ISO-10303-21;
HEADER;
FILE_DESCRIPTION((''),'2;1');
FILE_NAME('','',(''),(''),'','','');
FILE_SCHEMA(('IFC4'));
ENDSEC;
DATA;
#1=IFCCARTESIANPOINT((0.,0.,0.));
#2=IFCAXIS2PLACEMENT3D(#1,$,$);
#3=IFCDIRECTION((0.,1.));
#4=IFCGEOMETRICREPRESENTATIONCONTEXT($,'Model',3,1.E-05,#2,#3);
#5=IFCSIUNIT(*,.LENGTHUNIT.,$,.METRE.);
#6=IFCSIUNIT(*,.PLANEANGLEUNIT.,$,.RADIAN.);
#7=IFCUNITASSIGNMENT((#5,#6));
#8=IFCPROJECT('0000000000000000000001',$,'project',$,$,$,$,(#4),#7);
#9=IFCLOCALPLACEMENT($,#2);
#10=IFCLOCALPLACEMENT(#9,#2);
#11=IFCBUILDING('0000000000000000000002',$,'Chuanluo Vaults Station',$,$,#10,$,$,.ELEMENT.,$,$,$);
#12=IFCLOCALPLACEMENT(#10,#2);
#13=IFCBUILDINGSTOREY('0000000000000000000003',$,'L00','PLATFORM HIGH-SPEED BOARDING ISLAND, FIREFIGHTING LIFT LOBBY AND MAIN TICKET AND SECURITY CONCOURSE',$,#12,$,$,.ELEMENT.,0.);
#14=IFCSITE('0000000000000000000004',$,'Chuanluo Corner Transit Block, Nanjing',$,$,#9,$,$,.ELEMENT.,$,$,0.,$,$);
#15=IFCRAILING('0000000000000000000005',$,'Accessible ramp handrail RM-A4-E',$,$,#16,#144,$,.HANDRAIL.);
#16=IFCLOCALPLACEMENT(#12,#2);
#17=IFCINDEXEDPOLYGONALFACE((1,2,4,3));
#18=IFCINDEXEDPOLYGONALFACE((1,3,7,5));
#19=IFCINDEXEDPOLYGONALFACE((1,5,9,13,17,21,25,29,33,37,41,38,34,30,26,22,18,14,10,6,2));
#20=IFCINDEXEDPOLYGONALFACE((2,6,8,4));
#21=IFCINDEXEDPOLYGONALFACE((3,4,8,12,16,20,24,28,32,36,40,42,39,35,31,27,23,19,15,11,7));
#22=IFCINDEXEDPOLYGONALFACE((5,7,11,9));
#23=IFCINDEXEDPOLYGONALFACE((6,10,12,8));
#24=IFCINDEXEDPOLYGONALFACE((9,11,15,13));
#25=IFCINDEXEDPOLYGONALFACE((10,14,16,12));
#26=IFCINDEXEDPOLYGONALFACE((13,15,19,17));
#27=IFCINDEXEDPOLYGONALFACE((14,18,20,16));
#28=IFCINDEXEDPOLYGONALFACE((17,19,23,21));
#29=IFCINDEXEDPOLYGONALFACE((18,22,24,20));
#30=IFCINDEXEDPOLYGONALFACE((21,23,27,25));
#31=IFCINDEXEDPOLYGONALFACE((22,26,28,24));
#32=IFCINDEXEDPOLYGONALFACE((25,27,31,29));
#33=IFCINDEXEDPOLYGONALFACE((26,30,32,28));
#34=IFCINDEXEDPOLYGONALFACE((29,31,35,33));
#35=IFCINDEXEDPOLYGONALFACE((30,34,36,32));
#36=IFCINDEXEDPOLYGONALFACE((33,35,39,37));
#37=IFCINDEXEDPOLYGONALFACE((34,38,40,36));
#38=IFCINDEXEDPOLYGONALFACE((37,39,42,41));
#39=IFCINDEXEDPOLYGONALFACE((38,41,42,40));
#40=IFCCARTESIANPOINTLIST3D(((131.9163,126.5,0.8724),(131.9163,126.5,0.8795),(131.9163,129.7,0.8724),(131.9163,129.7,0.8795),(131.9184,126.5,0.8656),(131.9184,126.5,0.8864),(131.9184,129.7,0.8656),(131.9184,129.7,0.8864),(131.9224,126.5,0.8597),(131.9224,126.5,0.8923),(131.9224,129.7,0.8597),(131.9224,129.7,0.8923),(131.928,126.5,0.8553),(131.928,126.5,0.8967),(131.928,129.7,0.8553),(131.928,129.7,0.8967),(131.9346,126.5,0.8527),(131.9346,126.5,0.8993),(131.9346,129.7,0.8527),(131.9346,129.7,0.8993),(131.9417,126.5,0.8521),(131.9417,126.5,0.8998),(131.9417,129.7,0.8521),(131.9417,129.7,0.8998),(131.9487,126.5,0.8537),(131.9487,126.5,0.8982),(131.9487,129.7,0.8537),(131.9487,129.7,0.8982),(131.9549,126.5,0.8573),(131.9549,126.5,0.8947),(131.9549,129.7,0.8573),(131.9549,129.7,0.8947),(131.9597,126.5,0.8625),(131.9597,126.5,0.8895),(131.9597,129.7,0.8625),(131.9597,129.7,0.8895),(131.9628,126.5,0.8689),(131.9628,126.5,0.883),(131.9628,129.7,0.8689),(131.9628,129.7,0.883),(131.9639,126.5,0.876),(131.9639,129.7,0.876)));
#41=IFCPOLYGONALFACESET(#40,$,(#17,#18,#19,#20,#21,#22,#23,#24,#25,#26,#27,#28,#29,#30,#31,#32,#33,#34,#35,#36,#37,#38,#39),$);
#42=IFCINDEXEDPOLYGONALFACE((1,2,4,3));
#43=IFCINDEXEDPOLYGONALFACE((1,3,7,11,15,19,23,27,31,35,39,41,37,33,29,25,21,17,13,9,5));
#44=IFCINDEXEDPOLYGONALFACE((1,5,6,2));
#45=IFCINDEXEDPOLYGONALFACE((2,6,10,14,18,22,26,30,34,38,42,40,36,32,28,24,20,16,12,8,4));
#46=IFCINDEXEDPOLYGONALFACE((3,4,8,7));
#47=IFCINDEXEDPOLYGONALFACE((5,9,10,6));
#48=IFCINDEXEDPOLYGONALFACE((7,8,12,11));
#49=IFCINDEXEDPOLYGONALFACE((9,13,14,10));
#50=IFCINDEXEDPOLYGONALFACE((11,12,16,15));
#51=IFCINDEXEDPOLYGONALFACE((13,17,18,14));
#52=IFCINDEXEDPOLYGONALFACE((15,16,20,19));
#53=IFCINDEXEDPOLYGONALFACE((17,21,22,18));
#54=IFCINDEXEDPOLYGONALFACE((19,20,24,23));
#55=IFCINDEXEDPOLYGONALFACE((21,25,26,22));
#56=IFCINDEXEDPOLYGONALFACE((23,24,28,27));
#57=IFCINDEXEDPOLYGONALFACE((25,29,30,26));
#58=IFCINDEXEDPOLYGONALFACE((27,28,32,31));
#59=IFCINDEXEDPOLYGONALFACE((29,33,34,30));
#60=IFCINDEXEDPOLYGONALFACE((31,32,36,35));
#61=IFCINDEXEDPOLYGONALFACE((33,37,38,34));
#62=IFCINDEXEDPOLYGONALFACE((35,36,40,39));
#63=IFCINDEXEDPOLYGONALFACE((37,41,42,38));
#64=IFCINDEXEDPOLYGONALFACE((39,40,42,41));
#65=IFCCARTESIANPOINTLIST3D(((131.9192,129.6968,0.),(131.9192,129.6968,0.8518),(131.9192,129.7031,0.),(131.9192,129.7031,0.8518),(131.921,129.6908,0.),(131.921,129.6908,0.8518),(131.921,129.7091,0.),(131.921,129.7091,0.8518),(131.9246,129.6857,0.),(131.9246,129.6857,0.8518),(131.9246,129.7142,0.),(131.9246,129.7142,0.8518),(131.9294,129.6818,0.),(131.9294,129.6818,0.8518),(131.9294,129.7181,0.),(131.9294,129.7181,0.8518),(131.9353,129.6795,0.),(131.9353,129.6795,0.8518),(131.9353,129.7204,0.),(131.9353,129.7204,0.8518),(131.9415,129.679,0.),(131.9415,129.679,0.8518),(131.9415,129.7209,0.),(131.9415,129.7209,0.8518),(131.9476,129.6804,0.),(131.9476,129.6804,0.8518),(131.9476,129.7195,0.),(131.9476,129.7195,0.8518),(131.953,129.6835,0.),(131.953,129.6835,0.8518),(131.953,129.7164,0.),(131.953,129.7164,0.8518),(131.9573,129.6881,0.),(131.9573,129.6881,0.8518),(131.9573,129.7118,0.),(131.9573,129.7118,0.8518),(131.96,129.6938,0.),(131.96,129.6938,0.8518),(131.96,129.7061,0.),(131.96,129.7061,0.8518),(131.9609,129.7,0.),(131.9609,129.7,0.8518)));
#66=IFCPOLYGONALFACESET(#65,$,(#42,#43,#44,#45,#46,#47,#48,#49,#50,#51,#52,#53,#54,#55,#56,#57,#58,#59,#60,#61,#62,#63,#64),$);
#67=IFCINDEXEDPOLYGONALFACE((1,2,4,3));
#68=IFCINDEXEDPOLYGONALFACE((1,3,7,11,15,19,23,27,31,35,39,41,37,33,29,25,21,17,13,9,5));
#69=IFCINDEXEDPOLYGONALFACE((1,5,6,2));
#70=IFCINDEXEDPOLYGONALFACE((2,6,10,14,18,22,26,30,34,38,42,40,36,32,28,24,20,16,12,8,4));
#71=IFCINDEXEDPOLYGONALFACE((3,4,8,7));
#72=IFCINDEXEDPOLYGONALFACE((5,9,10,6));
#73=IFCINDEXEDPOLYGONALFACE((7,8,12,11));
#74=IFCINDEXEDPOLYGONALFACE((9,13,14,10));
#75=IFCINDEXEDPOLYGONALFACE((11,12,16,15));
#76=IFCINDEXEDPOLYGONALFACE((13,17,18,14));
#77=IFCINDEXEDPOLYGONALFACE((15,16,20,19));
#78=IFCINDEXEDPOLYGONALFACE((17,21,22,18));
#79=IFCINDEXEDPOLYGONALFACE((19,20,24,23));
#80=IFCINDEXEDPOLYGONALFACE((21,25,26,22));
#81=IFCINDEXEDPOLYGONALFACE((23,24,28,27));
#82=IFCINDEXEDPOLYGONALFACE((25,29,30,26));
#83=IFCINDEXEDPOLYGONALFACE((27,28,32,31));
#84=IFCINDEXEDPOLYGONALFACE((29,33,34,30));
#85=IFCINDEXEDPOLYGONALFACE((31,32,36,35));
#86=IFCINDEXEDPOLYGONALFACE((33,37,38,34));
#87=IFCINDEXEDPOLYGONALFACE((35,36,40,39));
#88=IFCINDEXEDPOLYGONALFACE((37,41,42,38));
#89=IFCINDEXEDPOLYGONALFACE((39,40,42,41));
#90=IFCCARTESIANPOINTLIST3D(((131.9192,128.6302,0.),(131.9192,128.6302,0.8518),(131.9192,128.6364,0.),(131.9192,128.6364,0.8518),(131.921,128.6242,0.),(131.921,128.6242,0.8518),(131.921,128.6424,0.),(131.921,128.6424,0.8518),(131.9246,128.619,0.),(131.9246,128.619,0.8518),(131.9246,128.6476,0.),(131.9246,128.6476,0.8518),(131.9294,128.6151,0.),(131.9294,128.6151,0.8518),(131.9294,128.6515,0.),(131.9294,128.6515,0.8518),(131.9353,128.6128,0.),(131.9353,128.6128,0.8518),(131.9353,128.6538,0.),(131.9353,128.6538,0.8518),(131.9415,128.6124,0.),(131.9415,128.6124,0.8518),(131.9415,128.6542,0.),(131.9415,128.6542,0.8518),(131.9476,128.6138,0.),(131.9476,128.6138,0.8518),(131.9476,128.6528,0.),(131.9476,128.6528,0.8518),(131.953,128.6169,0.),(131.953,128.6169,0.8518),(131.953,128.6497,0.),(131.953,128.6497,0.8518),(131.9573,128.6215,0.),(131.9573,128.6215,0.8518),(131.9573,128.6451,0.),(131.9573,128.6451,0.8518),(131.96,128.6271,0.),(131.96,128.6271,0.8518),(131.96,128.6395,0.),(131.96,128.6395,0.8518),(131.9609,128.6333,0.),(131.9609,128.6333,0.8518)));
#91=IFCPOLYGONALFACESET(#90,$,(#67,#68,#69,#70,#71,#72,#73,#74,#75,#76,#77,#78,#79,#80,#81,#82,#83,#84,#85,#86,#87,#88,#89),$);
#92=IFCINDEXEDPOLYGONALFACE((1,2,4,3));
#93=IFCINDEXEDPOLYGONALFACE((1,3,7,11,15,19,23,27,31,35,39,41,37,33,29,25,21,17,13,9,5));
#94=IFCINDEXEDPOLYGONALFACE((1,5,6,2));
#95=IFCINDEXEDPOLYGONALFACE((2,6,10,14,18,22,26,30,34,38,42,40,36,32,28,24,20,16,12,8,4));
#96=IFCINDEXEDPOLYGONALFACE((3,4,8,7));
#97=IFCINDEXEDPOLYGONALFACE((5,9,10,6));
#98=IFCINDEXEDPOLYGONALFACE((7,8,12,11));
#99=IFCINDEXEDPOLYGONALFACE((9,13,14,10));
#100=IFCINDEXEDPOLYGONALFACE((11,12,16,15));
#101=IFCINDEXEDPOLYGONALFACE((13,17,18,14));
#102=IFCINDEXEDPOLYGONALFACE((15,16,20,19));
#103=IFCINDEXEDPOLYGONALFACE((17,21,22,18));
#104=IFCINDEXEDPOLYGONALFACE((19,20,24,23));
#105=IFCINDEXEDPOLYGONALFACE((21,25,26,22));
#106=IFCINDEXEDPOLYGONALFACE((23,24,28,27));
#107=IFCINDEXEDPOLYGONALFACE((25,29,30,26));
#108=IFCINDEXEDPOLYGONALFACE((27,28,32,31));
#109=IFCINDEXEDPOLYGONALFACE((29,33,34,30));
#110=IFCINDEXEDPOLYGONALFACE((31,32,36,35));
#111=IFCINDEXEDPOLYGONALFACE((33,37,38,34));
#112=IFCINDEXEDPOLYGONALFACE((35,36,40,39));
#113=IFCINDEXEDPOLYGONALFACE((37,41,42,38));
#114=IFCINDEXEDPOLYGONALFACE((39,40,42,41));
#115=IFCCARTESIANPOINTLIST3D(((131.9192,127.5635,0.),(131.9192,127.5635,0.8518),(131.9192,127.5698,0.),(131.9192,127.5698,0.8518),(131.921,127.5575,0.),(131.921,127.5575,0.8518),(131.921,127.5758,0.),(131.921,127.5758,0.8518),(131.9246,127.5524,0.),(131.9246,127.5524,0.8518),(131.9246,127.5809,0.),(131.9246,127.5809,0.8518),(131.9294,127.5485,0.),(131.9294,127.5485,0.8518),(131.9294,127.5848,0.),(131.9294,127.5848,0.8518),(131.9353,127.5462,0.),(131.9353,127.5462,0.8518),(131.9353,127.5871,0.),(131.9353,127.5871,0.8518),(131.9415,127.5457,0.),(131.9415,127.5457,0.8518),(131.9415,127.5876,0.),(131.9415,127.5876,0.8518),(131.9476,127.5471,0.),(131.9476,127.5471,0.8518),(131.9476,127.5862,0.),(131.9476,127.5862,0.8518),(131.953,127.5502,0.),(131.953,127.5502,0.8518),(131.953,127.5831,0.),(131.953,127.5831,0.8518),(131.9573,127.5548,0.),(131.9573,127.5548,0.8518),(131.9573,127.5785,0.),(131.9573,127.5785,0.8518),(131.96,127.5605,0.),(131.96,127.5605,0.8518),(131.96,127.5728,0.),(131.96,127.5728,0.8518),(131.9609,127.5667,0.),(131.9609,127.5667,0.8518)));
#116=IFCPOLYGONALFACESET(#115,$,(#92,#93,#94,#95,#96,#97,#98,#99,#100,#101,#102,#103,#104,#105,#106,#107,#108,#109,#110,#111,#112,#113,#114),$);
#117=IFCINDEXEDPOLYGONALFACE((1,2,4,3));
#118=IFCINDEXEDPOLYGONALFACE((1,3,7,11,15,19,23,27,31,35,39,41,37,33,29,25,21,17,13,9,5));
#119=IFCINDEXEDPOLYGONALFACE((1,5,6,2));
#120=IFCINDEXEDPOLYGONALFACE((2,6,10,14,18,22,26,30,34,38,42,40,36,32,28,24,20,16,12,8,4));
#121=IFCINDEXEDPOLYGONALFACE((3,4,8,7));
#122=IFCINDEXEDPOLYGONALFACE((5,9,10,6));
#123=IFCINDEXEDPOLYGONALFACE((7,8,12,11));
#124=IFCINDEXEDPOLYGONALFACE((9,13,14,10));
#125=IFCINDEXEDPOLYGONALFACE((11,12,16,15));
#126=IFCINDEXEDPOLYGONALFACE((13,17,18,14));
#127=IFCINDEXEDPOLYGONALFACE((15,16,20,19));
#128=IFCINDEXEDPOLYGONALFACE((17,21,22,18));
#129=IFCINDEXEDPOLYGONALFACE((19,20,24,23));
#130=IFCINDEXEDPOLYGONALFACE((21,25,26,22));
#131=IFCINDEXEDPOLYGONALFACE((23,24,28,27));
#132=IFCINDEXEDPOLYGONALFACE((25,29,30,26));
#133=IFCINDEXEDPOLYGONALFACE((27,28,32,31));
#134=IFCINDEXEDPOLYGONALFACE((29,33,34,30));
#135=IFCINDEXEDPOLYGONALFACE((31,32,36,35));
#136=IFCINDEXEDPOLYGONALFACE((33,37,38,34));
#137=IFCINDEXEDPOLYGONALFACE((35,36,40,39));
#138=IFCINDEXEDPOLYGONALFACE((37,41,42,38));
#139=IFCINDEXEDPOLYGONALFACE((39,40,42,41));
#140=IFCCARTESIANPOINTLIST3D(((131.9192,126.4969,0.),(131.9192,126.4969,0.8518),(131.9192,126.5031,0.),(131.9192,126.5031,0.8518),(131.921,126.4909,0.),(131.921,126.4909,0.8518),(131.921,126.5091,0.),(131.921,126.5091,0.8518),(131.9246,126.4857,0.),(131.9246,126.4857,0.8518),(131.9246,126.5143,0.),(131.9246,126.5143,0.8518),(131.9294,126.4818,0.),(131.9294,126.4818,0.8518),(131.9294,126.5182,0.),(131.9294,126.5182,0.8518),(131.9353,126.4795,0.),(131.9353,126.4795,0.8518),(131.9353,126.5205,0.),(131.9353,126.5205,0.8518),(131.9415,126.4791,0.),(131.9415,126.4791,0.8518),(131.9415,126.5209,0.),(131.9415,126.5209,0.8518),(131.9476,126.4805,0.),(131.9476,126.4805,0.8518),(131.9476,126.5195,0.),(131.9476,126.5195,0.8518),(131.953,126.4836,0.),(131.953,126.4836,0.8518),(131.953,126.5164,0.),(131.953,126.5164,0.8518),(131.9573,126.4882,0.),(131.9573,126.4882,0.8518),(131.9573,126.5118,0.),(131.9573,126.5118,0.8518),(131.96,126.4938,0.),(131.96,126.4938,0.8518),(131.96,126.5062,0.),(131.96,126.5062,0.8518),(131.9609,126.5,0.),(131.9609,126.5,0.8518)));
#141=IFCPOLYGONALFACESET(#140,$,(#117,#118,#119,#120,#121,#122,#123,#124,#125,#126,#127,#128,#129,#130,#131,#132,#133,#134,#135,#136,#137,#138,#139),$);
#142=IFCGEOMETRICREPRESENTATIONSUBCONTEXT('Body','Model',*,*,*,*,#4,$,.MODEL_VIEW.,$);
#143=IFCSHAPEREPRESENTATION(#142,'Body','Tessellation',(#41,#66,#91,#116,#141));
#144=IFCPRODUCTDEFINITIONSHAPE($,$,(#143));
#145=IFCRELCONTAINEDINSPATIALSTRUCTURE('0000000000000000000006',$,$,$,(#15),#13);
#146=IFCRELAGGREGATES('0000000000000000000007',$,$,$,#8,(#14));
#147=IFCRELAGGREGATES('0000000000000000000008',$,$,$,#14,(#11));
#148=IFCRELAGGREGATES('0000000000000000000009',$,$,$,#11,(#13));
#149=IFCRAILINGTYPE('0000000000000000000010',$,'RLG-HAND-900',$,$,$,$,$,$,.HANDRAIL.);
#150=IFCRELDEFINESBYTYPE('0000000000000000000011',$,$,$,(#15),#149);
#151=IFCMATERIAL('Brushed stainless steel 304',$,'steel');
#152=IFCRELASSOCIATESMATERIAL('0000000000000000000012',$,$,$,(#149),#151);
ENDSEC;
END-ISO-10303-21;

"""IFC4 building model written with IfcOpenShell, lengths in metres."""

from ifc_helpers import new_model, si_unit, direction, frame, origin, origin_2d, place, context, subcontext, project, spatial, circle, extrude, material, type_object, element, save


model = new_model("IFC4")

# Units and contexts
model_context = context("Model", 3, precision=1e-05, world=origin(), true_north=direction((0.0, 1.0)))
body_context = subcontext(model_context, "Body", "Model", "MODEL_VIEW")
ifc_project = project(units=[si_unit("LENGTHUNIT", "METRE"), si_unit("PLANEANGLEUNIT", "RADIAN")], contexts=[model_context])

# Site, building, storey
site_placement = place(None, origin())
site = spatial("IfcSite", under=ifc_project, at=site_placement, Name="Chuanluo Corner Transit Block, Nanjing", CompositionType="ELEMENT", RefElevation=0.0)
building_placement = place(site_placement, origin())
building = spatial("IfcBuilding", under=site, at=building_placement, Name="Chuanluo Vaults Station", CompositionType="ELEMENT")
storey_placement = place(building_placement, origin())
storey = spatial("IfcBuildingStorey", under=building, at=storey_placement, Name="L00", Description="PLATFORM HIGH-SPEED BOARDING ISLAND, FIREFIGHTING LIFT LOBBY AND MAIN TICKET AND SECURITY CONCOURSE", CompositionType="ELEMENT", Elevation=0.0)

# Railing
ifc_material_1 = material(Name="Brushed stainless steel 304", Category="steel")
railing_type = type_object("IfcRailingType", Name="RLG-HAND-900", PredefinedType="HANDRAIL", material=ifc_material_1)
for number, where, name in (
    (1, (131.9399, 129.7, 0.0), "Accessible ramp handrail RM-A4-E"),
):
    element("IfcRailing", number, at=place(storey_placement, frame(where)), inside=storey, type_object=railing_type, Name=name, PredefinedType="HANDRAIL", context=body_context, shape_type="SweptSolid", body=[
        extrude(circle(Radius=0.0239, at=origin_2d()), frame((0.0, 0.0, 0.876), z_axis=(0.0, -1.0, 0.0), x_axis=(1.0, 0.0, 0.0)), (0.0, 0.0, 1.0), 3.2),
        extrude(circle(Radius=0.021, at=origin_2d()), origin(), (0.0, 0.0, 1.0), 0.8518),
        extrude(circle(Radius=0.021, at=origin_2d()), frame((0.0, -1.0667, 0.0)), (0.0, 0.0, 1.0), 0.8518),
        extrude(circle(Radius=0.021, at=origin_2d()), frame((0.0, -2.1333, 0.0)), (0.0, 0.0, 1.0), 0.8518),
        extrude(circle(Radius=0.021, at=origin_2d()), frame((0.0, -3.2, 0.0)), (0.0, 0.0, 1.0), 0.8518),
    ])

save(model, "model.ifc")
